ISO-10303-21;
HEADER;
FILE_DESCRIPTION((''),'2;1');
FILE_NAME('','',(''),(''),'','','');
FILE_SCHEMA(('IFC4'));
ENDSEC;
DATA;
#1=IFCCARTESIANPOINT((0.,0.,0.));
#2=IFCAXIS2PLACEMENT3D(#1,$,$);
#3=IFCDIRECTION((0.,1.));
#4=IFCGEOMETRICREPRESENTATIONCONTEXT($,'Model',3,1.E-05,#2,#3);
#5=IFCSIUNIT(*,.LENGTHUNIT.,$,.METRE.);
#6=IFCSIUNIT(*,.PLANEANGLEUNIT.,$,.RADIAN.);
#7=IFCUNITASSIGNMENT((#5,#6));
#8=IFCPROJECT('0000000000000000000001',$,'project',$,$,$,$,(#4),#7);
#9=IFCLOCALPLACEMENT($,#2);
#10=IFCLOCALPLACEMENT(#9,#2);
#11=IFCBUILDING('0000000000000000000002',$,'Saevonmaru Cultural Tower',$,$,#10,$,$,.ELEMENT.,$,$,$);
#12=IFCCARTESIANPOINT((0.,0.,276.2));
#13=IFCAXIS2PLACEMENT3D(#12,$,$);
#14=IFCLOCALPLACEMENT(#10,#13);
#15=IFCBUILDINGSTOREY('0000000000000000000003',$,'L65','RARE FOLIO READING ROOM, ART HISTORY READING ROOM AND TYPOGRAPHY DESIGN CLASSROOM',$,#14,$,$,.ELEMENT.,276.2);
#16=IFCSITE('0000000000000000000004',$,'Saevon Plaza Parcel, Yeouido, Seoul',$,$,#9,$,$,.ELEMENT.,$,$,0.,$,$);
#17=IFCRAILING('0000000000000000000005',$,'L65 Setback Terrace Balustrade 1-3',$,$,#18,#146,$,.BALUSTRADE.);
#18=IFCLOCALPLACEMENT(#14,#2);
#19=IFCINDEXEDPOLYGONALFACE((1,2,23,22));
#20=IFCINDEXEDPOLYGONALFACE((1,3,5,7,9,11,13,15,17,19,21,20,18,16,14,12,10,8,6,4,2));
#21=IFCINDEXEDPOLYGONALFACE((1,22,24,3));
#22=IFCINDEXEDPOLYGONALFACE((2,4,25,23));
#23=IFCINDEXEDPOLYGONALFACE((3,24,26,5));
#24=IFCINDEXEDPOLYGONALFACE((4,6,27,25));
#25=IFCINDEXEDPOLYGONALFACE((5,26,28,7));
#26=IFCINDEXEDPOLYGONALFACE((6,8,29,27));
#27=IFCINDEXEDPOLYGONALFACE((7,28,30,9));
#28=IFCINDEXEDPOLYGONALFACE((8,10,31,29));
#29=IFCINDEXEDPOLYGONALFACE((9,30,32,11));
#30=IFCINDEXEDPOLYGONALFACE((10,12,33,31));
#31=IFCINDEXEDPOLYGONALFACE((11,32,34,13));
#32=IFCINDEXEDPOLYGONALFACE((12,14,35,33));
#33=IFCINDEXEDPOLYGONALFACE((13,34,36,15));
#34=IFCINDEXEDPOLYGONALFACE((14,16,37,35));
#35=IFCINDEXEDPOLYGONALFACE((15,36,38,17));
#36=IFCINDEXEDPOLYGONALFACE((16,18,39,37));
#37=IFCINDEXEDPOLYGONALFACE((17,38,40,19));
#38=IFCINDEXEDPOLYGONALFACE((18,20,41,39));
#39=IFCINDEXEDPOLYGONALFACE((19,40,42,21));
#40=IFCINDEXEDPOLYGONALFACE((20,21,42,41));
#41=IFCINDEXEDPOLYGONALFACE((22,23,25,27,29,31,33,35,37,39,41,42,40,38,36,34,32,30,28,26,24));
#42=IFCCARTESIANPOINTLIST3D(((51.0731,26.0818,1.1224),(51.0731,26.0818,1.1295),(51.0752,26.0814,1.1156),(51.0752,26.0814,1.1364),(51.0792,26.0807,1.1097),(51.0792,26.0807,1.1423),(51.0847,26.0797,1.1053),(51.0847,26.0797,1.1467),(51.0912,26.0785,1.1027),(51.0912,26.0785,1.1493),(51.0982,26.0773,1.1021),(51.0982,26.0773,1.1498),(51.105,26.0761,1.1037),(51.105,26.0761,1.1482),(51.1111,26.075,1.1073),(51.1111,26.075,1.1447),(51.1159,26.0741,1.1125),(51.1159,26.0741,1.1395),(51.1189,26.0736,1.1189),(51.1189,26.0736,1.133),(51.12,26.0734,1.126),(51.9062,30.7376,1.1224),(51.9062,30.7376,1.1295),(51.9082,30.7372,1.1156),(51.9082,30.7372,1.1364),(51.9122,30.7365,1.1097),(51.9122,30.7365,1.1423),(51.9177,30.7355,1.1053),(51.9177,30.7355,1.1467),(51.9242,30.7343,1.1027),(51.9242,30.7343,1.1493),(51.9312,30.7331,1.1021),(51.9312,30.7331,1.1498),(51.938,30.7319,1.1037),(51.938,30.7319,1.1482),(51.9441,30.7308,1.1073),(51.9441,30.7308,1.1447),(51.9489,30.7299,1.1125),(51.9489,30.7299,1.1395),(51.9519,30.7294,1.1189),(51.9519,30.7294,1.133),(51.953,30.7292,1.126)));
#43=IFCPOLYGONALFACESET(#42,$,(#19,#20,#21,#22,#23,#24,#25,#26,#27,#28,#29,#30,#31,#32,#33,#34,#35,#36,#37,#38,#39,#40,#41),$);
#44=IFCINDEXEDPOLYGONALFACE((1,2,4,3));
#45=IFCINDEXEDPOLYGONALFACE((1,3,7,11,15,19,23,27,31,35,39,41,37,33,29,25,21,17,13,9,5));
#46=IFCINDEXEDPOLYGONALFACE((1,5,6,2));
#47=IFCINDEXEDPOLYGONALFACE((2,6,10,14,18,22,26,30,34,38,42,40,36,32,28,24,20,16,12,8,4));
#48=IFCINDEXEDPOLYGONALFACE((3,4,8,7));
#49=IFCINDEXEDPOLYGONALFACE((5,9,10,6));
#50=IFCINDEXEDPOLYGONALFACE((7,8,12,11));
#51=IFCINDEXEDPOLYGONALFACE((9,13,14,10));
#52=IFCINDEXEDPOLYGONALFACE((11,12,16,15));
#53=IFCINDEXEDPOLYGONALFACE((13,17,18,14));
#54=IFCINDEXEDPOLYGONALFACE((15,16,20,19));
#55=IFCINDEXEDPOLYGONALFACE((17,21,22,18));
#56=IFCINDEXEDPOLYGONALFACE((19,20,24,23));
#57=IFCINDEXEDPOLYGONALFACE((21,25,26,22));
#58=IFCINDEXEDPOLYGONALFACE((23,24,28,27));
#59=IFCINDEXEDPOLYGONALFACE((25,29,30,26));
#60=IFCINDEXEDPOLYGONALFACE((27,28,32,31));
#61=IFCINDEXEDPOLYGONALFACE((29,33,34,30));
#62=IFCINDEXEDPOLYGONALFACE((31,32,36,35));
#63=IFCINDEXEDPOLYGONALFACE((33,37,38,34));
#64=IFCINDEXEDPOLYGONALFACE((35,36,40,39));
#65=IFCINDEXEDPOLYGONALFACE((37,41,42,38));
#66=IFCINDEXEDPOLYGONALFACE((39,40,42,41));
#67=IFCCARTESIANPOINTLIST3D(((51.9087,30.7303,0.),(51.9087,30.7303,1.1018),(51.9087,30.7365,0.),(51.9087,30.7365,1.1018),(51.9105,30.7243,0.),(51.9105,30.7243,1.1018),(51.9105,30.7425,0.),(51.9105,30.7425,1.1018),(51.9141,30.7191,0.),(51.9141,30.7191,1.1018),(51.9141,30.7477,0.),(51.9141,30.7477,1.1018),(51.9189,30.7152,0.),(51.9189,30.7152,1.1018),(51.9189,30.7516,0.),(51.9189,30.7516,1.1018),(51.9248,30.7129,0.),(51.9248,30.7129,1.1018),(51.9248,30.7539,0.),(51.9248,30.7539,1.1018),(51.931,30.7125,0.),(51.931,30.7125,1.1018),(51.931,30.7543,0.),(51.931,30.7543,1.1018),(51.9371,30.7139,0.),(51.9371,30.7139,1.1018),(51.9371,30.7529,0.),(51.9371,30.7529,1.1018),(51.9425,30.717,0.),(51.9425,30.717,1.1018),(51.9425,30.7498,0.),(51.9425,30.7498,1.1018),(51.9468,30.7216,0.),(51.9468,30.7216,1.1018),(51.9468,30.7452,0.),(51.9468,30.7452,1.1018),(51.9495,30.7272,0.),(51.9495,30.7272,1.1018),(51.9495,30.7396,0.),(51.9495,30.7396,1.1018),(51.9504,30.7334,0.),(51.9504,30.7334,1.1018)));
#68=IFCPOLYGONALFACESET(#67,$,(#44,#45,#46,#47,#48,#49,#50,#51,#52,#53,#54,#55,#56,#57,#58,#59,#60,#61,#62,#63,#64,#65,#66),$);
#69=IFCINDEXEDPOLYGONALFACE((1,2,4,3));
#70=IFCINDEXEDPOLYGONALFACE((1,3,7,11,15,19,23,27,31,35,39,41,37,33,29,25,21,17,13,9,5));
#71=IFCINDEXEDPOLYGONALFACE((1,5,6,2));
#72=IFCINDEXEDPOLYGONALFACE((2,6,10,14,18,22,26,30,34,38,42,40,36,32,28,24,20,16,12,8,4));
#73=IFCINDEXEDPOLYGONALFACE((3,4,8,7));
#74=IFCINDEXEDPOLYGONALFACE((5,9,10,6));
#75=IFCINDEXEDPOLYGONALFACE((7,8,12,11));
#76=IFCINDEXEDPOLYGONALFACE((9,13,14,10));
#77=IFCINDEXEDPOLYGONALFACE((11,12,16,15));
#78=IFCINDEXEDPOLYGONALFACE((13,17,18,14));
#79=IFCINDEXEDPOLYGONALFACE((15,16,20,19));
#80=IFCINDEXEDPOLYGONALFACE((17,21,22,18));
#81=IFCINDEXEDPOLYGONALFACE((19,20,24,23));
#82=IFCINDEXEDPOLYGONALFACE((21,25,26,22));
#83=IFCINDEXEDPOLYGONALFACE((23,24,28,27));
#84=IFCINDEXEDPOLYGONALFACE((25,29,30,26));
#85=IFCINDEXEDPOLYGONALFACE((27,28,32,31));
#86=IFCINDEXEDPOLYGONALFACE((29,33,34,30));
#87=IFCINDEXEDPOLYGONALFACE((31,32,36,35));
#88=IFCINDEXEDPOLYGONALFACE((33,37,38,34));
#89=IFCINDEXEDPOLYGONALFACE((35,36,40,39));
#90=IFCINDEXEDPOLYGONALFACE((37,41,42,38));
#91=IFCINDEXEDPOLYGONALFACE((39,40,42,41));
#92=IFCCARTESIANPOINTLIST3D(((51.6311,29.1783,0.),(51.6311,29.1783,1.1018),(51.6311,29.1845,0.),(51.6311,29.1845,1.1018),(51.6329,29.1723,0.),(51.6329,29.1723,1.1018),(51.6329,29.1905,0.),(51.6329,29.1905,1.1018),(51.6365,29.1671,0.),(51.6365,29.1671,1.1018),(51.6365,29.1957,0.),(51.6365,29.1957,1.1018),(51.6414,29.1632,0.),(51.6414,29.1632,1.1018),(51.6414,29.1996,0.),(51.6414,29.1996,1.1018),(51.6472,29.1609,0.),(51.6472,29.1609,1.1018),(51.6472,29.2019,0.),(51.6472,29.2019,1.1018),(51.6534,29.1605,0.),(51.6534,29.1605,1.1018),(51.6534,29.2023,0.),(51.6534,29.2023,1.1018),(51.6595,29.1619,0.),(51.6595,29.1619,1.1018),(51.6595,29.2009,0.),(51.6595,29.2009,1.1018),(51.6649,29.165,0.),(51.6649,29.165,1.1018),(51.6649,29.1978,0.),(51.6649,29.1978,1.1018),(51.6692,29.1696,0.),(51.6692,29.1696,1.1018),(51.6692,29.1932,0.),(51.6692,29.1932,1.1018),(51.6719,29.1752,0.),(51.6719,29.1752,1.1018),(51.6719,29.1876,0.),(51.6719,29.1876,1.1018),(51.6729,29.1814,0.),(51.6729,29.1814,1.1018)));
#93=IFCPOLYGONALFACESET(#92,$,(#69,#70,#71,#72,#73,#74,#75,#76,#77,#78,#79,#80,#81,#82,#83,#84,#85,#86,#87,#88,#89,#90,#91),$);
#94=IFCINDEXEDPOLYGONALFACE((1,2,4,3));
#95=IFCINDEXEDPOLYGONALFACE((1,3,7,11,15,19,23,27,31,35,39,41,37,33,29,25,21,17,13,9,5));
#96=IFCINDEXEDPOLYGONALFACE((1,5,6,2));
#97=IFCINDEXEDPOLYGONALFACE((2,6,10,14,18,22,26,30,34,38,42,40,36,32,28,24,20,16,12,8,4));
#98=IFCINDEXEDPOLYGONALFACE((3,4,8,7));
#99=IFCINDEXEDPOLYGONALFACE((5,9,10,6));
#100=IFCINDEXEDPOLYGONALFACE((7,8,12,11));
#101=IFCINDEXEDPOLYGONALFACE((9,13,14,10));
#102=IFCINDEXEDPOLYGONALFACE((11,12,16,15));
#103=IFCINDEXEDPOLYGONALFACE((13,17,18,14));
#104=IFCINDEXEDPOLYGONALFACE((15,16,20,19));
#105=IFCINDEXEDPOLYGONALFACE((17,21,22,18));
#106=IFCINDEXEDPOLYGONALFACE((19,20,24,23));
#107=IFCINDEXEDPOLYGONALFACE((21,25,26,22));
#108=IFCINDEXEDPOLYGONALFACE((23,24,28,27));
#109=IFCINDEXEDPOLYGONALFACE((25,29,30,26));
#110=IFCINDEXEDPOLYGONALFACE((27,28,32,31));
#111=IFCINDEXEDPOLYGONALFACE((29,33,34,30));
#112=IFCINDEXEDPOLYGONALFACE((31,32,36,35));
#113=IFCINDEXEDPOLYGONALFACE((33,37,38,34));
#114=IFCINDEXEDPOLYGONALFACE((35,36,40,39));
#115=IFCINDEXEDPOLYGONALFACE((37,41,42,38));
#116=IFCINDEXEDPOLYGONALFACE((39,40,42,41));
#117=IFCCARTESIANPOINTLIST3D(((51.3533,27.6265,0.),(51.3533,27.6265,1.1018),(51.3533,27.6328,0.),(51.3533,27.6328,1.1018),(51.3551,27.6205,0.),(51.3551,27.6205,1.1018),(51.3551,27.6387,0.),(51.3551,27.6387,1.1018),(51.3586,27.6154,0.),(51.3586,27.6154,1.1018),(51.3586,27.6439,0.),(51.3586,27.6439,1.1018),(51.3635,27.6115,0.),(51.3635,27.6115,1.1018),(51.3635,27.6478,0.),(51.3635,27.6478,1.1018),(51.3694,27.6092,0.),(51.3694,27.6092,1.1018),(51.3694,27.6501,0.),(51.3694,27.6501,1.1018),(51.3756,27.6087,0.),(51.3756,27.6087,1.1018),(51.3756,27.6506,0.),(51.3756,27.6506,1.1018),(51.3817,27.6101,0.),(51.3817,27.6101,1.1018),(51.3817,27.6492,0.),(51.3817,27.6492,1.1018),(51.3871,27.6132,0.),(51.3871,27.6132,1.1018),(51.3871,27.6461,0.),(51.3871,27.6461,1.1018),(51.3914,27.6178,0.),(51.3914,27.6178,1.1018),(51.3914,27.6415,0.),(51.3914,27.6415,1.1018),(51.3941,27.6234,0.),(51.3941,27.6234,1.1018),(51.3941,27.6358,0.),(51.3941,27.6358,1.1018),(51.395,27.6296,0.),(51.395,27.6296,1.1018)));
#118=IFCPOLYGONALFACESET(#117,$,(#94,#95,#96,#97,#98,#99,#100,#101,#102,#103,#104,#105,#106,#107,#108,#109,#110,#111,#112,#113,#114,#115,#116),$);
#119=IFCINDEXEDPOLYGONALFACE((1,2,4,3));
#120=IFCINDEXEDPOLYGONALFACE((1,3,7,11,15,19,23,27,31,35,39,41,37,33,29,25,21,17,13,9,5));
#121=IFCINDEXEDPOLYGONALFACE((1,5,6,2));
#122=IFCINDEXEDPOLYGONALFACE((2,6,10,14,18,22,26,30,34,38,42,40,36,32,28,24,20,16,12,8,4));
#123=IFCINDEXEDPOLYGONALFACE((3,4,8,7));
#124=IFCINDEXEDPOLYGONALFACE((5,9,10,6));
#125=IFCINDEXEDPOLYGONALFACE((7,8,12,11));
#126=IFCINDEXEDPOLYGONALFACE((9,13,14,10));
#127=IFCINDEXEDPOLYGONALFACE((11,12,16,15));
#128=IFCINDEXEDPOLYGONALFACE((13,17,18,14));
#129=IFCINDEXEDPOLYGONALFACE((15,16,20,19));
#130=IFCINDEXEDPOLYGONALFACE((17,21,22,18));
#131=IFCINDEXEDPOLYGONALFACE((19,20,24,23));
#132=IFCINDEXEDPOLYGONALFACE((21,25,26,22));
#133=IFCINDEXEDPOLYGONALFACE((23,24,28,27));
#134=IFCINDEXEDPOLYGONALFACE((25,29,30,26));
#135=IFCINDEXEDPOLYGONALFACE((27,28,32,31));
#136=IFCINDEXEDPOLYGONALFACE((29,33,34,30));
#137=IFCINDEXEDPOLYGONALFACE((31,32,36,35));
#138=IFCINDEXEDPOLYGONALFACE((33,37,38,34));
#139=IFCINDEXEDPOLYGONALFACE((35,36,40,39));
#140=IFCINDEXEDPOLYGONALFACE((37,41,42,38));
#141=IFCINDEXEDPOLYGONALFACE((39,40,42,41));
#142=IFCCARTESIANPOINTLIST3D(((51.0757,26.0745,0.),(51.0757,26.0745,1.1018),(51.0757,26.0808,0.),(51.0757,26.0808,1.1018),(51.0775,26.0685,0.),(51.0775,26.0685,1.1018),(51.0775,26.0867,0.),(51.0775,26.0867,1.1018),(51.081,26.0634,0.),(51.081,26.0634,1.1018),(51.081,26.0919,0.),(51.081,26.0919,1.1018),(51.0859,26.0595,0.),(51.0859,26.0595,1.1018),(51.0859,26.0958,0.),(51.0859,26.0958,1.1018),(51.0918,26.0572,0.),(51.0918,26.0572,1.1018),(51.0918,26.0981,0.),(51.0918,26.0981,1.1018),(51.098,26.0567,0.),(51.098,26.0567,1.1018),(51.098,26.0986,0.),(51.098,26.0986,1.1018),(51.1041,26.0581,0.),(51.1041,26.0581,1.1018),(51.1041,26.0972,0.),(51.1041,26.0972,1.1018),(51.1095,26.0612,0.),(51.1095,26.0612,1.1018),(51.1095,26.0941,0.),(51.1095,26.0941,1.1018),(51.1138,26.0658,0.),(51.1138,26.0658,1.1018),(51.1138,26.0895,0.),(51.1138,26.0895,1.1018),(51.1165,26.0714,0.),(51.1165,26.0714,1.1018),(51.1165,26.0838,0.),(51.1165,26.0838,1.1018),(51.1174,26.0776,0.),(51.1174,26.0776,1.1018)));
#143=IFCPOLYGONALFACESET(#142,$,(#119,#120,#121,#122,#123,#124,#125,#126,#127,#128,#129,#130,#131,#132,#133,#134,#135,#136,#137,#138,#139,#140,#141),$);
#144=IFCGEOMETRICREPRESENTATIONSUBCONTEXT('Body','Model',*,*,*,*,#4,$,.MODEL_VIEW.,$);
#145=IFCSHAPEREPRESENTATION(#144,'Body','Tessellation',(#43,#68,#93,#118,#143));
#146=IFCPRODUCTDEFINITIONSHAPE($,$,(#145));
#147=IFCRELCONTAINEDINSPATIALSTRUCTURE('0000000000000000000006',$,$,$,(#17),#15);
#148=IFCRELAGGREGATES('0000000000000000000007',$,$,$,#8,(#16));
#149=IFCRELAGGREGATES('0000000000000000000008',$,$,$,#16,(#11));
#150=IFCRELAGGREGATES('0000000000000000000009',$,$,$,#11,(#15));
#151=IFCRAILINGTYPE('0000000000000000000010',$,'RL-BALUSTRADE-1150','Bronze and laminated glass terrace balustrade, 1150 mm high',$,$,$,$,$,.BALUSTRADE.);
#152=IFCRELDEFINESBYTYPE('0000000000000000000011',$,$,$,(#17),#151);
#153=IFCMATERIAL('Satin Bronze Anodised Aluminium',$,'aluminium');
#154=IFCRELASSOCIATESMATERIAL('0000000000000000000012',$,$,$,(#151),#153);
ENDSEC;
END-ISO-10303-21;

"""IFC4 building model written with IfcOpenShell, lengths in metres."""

from ifc_helpers import new_model, si_unit, direction, frame, origin, origin_2d, place, context, subcontext, project, spatial, circle, extrude, material, type_object, element, save


model = new_model("IFC4")

# Units and contexts
model_context = context("Model", 3, precision=1e-05, world=origin(), true_north=direction((0.0, 1.0)))
body_context = subcontext(model_context, "Body", "Model", "MODEL_VIEW")
ifc_project = project(units=[si_unit("LENGTHUNIT", "METRE"), si_unit("PLANEANGLEUNIT", "RADIAN")], contexts=[model_context])

# Site, building, storey
site_placement = place(None, origin())
site = spatial("IfcSite", under=ifc_project, at=site_placement, Name="Saevon Plaza Parcel, Yeouido, Seoul", CompositionType="ELEMENT", RefElevation=0.0)
building_placement = place(site_placement, origin())
building = spatial("IfcBuilding", under=site, at=building_placement, Name="Saevonmaru Cultural Tower", CompositionType="ELEMENT")
storey_placement = place(building_placement, frame((0.0, 0.0, 276.2)))
storey = spatial("IfcBuildingStorey", under=building, at=storey_placement, Name="L65", Description="RARE FOLIO READING ROOM, ART HISTORY READING ROOM AND TYPOGRAPHY DESIGN CLASSROOM", CompositionType="ELEMENT", Elevation=276.2)

# Shared definitions
ifc_material_1 = material(Name="Satin Bronze Anodised Aluminium", Category="aluminium")

# Railing
railing_type = type_object("IfcRailingType", Name="RL-BALUSTRADE-1150", Description="Bronze and laminated glass terrace balustrade, 1150 mm high", PredefinedType="BALUSTRADE", material=ifc_material_1)
railing_1_placement = place(storey_placement, frame((51.9294, 30.7334, 0.0)))
element("IfcRailing", 1, at=railing_1_placement, inside=storey, type_object=railing_type, Name="L65 Setback Terrace Balustrade 1-3", PredefinedType="BALUSTRADE", context=body_context, shape_type="SweptSolid", body=[
    extrude(circle(Radius=0.0239, at=origin_2d()), frame((0.0, 0.0, 1.126), z_axis=(-0.176123, -0.984368, 0.0), x_axis=(0.984368, -0.176123, 0.0)), (0.0, 0.0, 1.0), 4.7297),
    extrude(circle(Radius=0.021, at=origin_2d()), origin(), (0.0, 0.0, 1.0), 1.1018),
    extrude(circle(Radius=0.021, at=origin_2d()), frame((-0.2776, -1.552, 0.0)), (0.0, 0.0, 1.0), 1.1018),
    extrude(circle(Radius=0.021, at=origin_2d()), frame((-0.5554, -3.1038, 0.0)), (0.0, 0.0, 1.0), 1.1018),
    extrude(circle(Radius=0.021, at=origin_2d()), frame((-0.833, -4.6558, 0.0)), (0.0, 0.0, 1.0), 1.1018),
])

save(model, "model.ifc")
